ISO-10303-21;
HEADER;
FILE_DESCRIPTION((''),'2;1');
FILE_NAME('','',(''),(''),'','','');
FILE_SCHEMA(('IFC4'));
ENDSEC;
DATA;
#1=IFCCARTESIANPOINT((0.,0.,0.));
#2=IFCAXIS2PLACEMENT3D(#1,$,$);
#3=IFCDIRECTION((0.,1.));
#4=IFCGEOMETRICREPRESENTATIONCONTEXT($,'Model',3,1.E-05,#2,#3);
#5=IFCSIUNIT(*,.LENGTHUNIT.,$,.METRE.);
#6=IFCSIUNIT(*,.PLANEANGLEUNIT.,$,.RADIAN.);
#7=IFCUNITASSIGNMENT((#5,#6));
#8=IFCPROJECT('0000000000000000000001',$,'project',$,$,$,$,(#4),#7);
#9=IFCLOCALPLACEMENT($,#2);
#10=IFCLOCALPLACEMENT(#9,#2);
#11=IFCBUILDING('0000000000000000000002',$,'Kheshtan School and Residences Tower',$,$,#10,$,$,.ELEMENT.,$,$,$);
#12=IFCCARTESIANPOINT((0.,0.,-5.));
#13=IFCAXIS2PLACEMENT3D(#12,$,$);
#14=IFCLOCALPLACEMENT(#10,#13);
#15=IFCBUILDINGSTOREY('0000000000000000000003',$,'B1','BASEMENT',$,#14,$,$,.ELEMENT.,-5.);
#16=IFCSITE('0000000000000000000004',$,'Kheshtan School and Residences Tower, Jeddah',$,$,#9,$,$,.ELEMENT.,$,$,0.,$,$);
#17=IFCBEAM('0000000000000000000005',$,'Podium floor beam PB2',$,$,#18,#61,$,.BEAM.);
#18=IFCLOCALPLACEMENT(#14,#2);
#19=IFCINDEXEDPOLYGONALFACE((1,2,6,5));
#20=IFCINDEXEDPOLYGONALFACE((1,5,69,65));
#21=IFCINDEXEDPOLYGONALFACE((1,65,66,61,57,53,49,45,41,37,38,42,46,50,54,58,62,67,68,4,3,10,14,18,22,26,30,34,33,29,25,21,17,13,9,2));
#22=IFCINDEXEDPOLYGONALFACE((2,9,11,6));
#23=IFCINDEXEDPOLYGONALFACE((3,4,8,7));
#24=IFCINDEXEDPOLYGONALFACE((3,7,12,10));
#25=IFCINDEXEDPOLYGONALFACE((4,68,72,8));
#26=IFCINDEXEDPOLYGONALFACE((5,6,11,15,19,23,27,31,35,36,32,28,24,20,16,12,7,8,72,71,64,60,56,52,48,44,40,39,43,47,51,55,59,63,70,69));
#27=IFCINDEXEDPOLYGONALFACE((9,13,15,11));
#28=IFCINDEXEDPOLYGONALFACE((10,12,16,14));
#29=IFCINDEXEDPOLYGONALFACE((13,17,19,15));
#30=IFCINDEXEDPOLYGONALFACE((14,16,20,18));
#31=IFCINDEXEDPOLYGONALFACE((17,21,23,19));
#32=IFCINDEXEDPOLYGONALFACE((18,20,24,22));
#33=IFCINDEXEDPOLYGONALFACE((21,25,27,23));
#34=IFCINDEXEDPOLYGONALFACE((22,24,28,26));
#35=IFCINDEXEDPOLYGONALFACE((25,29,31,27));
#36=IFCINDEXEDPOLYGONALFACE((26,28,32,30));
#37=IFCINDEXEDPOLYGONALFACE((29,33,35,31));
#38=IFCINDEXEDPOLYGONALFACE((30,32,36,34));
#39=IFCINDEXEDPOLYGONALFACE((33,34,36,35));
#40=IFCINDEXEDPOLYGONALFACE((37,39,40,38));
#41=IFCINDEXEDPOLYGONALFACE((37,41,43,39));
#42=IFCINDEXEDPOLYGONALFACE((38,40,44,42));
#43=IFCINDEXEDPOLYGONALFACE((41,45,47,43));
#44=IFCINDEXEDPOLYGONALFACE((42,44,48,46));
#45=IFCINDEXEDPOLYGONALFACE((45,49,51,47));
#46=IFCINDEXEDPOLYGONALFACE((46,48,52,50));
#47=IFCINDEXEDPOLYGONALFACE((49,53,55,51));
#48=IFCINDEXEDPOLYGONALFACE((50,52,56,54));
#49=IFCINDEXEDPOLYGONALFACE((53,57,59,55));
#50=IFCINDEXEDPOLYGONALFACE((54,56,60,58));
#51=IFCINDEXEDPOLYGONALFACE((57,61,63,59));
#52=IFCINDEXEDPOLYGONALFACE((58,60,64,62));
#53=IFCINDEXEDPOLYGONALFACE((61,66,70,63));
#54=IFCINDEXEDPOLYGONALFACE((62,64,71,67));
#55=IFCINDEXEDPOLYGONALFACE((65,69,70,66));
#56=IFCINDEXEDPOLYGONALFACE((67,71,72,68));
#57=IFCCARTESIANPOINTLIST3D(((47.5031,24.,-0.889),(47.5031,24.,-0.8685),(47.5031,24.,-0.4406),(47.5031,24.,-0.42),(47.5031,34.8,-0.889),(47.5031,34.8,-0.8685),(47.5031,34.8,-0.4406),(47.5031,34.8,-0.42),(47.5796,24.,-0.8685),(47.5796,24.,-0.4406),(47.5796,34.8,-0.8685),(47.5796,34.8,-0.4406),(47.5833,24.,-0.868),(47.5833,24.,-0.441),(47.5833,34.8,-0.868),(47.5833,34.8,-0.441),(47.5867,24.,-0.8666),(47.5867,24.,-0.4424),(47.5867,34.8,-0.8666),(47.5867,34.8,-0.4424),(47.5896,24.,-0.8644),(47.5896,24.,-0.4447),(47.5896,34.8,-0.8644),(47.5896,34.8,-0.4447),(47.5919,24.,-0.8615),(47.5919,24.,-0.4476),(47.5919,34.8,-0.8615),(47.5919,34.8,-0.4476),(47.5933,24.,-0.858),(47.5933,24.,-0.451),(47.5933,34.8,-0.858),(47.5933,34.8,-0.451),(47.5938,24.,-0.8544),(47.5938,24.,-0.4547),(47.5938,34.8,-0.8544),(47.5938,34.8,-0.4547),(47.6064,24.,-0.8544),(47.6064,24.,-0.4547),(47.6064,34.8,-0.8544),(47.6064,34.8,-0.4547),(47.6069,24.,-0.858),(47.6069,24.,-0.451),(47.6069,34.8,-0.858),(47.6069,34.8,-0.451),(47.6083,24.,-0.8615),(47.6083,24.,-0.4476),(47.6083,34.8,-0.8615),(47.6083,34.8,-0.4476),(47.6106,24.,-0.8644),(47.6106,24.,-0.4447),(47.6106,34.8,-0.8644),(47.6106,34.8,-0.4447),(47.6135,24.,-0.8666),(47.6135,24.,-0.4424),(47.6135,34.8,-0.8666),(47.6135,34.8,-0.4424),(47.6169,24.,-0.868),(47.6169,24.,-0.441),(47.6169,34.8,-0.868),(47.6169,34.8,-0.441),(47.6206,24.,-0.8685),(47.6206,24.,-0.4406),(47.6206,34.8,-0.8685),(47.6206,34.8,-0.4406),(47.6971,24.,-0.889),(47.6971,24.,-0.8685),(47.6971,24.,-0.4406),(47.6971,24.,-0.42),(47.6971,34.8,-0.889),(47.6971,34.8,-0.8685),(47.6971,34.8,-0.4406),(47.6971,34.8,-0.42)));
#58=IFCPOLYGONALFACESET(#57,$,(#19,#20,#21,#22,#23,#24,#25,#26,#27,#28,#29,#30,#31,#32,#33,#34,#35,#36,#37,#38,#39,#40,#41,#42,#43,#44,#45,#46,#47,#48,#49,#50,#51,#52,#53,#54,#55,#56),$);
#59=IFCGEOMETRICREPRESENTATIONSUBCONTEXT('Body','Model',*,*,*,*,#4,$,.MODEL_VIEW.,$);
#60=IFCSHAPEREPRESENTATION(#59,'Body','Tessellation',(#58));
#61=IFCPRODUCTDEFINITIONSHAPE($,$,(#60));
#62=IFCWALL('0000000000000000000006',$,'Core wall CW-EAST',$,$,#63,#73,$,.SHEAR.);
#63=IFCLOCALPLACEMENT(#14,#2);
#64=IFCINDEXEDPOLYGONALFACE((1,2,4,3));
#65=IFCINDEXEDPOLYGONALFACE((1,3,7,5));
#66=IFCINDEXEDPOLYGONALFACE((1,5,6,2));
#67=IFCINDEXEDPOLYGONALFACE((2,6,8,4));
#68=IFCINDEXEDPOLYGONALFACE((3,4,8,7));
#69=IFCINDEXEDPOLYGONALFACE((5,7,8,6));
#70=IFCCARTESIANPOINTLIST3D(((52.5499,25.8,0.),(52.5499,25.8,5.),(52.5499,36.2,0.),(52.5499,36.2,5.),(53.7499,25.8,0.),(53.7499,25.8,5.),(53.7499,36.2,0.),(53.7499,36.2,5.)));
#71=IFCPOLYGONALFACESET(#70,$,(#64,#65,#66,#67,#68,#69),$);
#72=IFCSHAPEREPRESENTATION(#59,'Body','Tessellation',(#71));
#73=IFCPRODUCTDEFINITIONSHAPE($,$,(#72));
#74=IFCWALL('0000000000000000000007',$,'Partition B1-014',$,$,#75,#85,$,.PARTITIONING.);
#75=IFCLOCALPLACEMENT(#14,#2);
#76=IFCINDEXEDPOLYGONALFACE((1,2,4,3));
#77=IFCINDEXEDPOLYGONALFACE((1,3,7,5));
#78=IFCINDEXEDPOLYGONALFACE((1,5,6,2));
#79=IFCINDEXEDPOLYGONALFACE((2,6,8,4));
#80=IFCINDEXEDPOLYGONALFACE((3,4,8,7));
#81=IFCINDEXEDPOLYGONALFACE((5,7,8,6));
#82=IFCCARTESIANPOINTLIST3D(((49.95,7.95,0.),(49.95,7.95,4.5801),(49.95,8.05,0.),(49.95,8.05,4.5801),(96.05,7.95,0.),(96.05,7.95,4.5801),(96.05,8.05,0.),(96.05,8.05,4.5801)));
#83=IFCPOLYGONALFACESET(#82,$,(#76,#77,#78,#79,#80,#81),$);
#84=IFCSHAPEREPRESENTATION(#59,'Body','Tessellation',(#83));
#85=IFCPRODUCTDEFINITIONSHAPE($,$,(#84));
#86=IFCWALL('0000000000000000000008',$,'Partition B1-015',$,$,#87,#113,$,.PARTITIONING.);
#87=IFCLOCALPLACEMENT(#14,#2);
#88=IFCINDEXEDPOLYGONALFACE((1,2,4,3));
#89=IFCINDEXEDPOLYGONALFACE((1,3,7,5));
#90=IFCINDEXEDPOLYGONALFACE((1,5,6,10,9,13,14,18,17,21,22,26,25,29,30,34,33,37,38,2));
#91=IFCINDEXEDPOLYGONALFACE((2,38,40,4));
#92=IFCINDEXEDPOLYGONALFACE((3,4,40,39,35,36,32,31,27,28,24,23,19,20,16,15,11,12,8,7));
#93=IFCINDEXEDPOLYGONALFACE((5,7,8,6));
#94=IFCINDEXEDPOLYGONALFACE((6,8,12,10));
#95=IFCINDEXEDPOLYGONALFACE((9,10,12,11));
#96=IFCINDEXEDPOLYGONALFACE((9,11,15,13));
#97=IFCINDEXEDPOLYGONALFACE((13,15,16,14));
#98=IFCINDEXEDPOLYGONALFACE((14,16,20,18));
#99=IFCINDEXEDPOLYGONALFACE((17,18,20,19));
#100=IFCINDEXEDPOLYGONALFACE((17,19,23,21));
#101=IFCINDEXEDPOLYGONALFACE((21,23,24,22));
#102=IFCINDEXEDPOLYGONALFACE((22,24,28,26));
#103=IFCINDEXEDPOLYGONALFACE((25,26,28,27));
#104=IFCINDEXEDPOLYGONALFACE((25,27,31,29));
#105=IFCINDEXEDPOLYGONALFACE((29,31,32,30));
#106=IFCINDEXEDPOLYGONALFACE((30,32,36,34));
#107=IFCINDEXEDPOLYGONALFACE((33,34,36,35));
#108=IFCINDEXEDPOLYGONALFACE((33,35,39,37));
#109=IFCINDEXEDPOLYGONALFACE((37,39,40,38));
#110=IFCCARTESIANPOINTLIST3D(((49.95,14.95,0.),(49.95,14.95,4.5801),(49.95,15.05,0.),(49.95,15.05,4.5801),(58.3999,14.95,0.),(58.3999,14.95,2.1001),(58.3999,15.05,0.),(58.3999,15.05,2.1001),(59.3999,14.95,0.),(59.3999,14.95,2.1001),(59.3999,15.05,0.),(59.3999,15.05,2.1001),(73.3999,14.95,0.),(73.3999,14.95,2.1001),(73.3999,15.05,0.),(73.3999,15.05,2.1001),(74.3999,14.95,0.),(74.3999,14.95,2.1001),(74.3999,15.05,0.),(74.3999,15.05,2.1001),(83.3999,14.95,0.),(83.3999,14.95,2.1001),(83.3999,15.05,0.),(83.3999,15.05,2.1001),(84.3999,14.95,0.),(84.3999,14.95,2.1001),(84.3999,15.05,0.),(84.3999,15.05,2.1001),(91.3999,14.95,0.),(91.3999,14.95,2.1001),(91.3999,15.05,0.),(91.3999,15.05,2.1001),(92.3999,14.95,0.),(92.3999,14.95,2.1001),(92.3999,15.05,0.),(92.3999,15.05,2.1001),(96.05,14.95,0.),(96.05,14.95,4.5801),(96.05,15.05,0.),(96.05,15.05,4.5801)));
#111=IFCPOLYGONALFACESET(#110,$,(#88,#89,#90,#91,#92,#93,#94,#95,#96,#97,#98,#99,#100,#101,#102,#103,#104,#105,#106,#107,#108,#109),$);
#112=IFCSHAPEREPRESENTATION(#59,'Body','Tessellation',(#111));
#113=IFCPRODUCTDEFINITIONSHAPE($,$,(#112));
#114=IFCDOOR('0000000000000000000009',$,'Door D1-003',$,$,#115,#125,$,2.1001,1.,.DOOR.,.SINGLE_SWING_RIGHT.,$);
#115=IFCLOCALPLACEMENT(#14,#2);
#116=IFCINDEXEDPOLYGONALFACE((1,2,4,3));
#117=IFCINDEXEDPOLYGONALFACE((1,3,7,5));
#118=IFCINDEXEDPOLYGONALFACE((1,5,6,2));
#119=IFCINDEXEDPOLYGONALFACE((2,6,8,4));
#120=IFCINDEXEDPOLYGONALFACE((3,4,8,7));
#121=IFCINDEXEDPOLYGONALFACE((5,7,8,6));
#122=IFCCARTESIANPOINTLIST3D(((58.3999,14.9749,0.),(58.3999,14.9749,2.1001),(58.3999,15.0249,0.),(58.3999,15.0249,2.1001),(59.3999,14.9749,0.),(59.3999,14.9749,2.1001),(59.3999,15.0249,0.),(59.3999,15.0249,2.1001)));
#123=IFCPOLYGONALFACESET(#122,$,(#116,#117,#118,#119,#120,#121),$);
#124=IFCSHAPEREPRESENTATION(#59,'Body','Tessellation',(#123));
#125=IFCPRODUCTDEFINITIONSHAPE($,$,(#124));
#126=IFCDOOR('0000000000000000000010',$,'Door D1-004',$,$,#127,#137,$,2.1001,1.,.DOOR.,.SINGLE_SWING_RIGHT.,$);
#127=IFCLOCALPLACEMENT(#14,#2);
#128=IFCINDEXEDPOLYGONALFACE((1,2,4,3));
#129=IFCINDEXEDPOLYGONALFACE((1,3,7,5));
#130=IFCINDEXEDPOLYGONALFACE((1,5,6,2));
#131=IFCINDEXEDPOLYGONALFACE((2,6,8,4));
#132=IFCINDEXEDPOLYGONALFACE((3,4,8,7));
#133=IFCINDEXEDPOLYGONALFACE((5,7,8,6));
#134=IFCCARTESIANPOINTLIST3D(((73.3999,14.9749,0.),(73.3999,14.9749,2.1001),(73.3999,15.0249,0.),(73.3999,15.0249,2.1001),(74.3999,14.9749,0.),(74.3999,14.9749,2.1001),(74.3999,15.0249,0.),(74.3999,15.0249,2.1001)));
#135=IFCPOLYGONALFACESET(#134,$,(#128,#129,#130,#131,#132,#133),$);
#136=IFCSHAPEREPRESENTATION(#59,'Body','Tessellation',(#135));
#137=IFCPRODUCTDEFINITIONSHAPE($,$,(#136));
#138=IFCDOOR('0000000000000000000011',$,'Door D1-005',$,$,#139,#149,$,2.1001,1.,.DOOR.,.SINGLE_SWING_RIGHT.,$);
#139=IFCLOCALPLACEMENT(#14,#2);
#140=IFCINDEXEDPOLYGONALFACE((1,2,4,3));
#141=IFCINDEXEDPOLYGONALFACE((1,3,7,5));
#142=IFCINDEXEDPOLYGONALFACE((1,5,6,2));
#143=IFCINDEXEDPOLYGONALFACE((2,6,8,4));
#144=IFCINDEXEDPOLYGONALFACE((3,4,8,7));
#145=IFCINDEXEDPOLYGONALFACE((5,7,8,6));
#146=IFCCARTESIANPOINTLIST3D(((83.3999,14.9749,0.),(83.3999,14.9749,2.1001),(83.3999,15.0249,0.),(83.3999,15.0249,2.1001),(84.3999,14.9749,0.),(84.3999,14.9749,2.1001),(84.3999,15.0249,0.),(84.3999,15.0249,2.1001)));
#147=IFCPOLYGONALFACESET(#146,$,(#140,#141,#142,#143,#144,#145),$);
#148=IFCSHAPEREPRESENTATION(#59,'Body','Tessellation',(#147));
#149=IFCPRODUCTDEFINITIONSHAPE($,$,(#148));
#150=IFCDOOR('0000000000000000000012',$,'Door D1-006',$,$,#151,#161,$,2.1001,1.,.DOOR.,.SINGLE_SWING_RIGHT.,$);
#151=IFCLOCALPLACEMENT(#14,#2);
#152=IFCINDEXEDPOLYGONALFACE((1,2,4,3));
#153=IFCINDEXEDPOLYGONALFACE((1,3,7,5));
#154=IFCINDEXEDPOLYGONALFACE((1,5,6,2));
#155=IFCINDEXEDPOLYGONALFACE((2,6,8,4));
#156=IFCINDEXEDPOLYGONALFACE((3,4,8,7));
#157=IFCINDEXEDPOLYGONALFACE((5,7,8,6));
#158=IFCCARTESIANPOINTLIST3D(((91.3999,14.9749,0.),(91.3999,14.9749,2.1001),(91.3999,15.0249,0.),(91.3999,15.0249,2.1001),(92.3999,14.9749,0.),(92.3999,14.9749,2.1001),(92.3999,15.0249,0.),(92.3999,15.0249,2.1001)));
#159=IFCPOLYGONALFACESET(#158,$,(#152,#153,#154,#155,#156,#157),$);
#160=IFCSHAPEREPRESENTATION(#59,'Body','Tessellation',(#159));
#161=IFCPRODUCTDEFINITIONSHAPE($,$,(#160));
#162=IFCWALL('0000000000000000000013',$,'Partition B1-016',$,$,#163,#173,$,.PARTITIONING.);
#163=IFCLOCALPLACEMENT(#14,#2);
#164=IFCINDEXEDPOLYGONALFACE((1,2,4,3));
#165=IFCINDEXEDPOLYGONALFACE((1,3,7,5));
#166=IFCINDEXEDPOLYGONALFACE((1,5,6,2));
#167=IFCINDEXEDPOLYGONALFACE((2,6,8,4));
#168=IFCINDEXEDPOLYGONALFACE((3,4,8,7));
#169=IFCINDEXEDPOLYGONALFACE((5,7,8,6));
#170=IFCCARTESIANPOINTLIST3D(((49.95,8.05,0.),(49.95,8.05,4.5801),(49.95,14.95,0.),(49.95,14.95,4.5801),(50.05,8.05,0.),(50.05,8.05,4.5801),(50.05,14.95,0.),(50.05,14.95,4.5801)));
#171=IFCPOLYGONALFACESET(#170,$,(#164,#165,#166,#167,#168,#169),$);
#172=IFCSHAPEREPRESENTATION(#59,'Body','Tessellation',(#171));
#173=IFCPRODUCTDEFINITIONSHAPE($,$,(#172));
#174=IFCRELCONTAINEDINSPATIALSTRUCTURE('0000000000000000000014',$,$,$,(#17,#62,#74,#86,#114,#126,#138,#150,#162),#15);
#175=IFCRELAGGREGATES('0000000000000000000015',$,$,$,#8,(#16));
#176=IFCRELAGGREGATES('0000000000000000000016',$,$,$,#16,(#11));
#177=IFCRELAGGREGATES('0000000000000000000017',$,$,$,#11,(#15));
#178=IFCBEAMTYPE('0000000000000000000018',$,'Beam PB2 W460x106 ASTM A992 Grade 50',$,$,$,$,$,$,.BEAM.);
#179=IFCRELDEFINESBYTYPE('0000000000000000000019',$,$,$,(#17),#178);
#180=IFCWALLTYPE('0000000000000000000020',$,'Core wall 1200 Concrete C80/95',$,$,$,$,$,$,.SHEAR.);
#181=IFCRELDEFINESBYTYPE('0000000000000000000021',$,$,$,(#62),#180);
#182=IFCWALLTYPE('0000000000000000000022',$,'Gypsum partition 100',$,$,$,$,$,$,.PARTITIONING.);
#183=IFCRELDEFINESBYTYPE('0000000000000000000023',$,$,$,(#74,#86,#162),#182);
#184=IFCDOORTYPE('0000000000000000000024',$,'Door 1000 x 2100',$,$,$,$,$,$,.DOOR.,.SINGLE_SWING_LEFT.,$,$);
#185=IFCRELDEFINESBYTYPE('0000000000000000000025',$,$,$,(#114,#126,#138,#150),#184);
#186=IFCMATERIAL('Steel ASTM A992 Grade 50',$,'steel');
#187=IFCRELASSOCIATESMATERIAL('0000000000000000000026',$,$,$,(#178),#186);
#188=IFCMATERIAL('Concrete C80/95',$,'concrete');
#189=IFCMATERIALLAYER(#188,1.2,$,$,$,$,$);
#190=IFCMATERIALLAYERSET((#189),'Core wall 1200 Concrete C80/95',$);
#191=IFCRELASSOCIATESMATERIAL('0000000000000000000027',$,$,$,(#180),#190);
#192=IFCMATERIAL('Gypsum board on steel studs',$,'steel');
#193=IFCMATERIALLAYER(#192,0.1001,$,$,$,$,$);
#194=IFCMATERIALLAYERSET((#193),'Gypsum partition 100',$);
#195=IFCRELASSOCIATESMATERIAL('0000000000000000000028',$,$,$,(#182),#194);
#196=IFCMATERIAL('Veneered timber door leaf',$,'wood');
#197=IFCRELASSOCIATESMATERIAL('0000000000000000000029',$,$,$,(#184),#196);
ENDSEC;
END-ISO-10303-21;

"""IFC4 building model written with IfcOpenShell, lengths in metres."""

from ifc_helpers import new_model, si_unit, direction, frame, frame_2d, origin, origin_2d, place, context, subcontext, project, spatial, rectangle, i_section, extrude, source, transform, mapped, material, layer, layer_set, material_profile, profile_set, type_object, element, fill, save


model = new_model("IFC4")

# Units and contexts
model_context = context("Model", 3, precision=1e-05, world=origin(), true_north=direction((0.0, 1.0)))
body_context = subcontext(model_context, "Body", "Model", "MODEL_VIEW")
ifc_project = project(units=[si_unit("LENGTHUNIT", "METRE"), si_unit("PLANEANGLEUNIT", "RADIAN")], contexts=[model_context])

# Site, building, storey
site_placement = place(None, origin())
site = spatial("IfcSite", under=ifc_project, at=site_placement, Name="Kheshtan School and Residences Tower, Jeddah", CompositionType="ELEMENT", RefElevation=0.0)
building_placement = place(site_placement, origin())
building = spatial("IfcBuilding", under=site, at=building_placement, Name="Kheshtan School and Residences Tower", CompositionType="ELEMENT")
storey_placement = place(building_placement, frame((0.0, 0.0, -5.0)))
storey = spatial("IfcBuildingStorey", under=building, at=storey_placement, Name="B1", Description="BASEMENT", CompositionType="ELEMENT", Elevation=-5.0)

# Shared definitions
ifc_material_1 = material(Name="Steel ASTM A992 Grade 50", Category="steel")

# Beam
ifc_material_profile_1 = material_profile(ifc_material_1, i_section(OverallWidth=0.1941, OverallDepth=0.469, WebThickness=0.0127, FlangeThickness=0.0205, FilletRadius=0.0142, at=origin_2d()), Name="W460x106")
ifc_profile_set_1 = profile_set([ifc_material_profile_1], Name="Steel ASTM A992 Grade 50")
beam_type = type_object("IfcBeamType", Name="Beam PB2 W460x106 ASTM A992 Grade 50", PredefinedType="BEAM", material=ifc_profile_set_1)
beam_placement = place(storey_placement, frame((47.6001, 24.0, -0.6545), z_axis=(0.0, 1.0, 0.0), x_axis=(-1.0, 0.0, 0.0)))
element("IfcBeam", 1, at=beam_placement, inside=storey, type_object=beam_type, Name="Podium floor beam PB2", PredefinedType="BEAM", context=body_context, shape_type="SweptSolid", body=[
    extrude(i_section(OverallWidth=0.1941, OverallDepth=0.469, WebThickness=0.0127, FlangeThickness=0.0205, FilletRadius=0.0142, at=origin_2d()), origin(), (0.0, 0.0, 1.0), 10.8),
])

# Walls
ifc_material_2 = material(Name="Concrete C80/95", Category="concrete")
ifc_layer_1 = layer(ifc_material_2, 1.2)
ifc_layer_set_1 = layer_set([ifc_layer_1], Name="Core wall 1200 Concrete C80/95")
wall_type_1 = type_object("IfcWallType", Name="Core wall 1200 Concrete C80/95", PredefinedType="SHEAR", material=ifc_layer_set_1)
wall_1_placement = place(storey_placement, frame((53.1499, 25.8, 0.0), z_axis=(0.0, 0.0, 1.0), x_axis=(0.0, 1.0, 0.0)))
element("IfcWall", 2, at=wall_1_placement, inside=storey, type_object=wall_type_1, Name="Core wall CW-EAST", PredefinedType="SHEAR", context=body_context, shape_type="SweptSolid", body=[
    extrude(rectangle(XDim=10.3999, YDim=1.2, at=frame_2d((5.2, 0.0))), origin(), (0.0, 0.0, 1.0), 5.0),
])
ifc_material_3 = material(Name="Gypsum board on steel studs", Category="steel")
ifc_layer_2 = layer(ifc_material_3, 0.1001)
ifc_layer_set_2 = layer_set([ifc_layer_2], Name="Gypsum partition 100")
wall_type_2 = type_object("IfcWallType", Name="Gypsum partition 100", PredefinedType="PARTITIONING", material=ifc_layer_set_2)
wall_2_placement = place(storey_placement, frame((49.95, 8.0, 0.0), z_axis=(0.0, 0.0, 1.0), x_axis=(1.0, 0.0, 0.0)))
element("IfcWall", 3, at=wall_2_placement, inside=storey, type_object=wall_type_2, Name="Partition B1-014", PredefinedType="PARTITIONING", context=body_context, shape_type="SweptSolid", body=[
    extrude(rectangle(XDim=46.1001, YDim=0.1001, at=frame_2d((23.05, 0.0))), origin(), (0.0, 0.0, 1.0), 4.5801),
])

# Wall, openings, doors
wall_3_placement = place(storey_placement, frame((49.95, 15.0, 0.0), z_axis=(0.0, 0.0, 1.0), x_axis=(1.0, 0.0, 0.0)))
wall_3 = element("IfcWall", 4, at=wall_3_placement, inside=storey, type_object=wall_type_2, Name="Partition B1-015", PredefinedType="PARTITIONING", context=body_context, shape_type="SweptSolid", body=[
    extrude(rectangle(XDim=46.1001, YDim=0.1001, at=frame_2d((23.05, 0.0))), origin(), (0.0, 0.0, 1.0), 4.5801),
])
opening_1_placement = place(wall_3_placement, frame((8.45, 0.0, 0.0)))
opening_1 = element("IfcOpeningElement", 5, at=opening_1_placement, cuts=wall_3, PredefinedType="OPENING", context=body_context, shape_type="SweptSolid", body=[
    extrude(rectangle(XDim=1.0, YDim=2.1001, at=frame_2d((0.5, 1.05))), frame((0.0, 0.0601, 0.0), z_axis=(0.0, -1.0, 0.0), x_axis=(1.0, 0.0, 0.0)), (0.0, 0.0, 1.0), 0.1201),
])
opening_2_placement = place(wall_3_placement, frame((23.45, 0.0, 0.0)))
opening_2 = element("IfcOpeningElement", 6, at=opening_2_placement, cuts=wall_3, PredefinedType="OPENING", context=body_context, shape_type="SweptSolid", body=[
    extrude(rectangle(XDim=1.0, YDim=2.1001, at=frame_2d((0.5, 1.05))), frame((0.0, 0.0601, 0.0), z_axis=(0.0, -1.0, 0.0), x_axis=(1.0, 0.0, 0.0)), (0.0, 0.0, 1.0), 0.1201),
])
opening_3_placement = place(wall_3_placement, frame((33.45, 0.0, 0.0)))
opening_3 = element("IfcOpeningElement", 7, at=opening_3_placement, cuts=wall_3, PredefinedType="OPENING", context=body_context, shape_type="SweptSolid", body=[
    extrude(rectangle(XDim=1.0, YDim=2.1001, at=frame_2d((0.5, 1.05))), frame((0.0, 0.0601, 0.0), z_axis=(0.0, -1.0, 0.0), x_axis=(1.0, 0.0, 0.0)), (0.0, 0.0, 1.0), 0.1201),
])
opening_4_placement = place(wall_3_placement, frame((41.45, 0.0, 0.0)))
opening_4 = element("IfcOpeningElement", 8, at=opening_4_placement, cuts=wall_3, PredefinedType="OPENING", context=body_context, shape_type="SweptSolid", body=[
    extrude(rectangle(XDim=1.0, YDim=2.1001, at=frame_2d((0.5, 1.05))), frame((0.0, 0.0601, 0.0), z_axis=(0.0, -1.0, 0.0), x_axis=(1.0, 0.0, 0.0)), (0.0, 0.0, 1.0), 0.1201),
])
ifc_material_4 = material(Name="Veneered timber door leaf", Category="wood")
door_type = type_object("IfcDoorType", Name="Door 1000 x 2100", OperationType="SINGLE_SWING_LEFT", PredefinedType="DOOR", material=ifc_material_4)
shared_shape = source(origin(), body_context, "Body", "SweptSolid", [
    extrude(rectangle(XDim=1.0, YDim=2.1001, at=frame_2d((0.5, 1.05))), frame((0.0, 0.0249, 0.0), z_axis=(0.0, -1.0, 0.0), x_axis=(1.0, 0.0, 0.0)), (0.0, 0.0, 1.0), 0.05),
])
door_1_placement = place(opening_1_placement, origin())
door_1 = element("IfcDoor", 9, at=door_1_placement, inside=storey, type_object=door_type, Name="Door D1-003", OperationType="SINGLE_SWING_RIGHT", OverallHeight=2.1001, OverallWidth=1.0, PredefinedType="DOOR", context=body_context, shape_type="MappedRepresentation", body=[
    mapped(shared_shape, transform((0.0, 0.0, 0.0), x_axis=(1.0, 0.0, 0.0), y_axis=(0.0, 1.0, 0.0), z_axis=(0.0, 0.0, 1.0), scale=1.0)),
])
fill(opening_1, door_1)
door_2_placement = place(opening_2_placement, origin())
door_2 = element("IfcDoor", 10, at=door_2_placement, inside=storey, type_object=door_type, Name="Door D1-004", OperationType="SINGLE_SWING_RIGHT", OverallHeight=2.1001, OverallWidth=1.0, PredefinedType="DOOR", context=body_context, shape_type="MappedRepresentation", body=[
    mapped(shared_shape, transform((0.0, 0.0, 0.0), x_axis=(1.0, 0.0, 0.0), y_axis=(0.0, 1.0, 0.0), z_axis=(0.0, 0.0, 1.0), scale=1.0)),
])
fill(opening_2, door_2)
door_3_placement = place(opening_3_placement, origin())
door_3 = element("IfcDoor", 11, at=door_3_placement, inside=storey, type_object=door_type, Name="Door D1-005", OperationType="SINGLE_SWING_RIGHT", OverallHeight=2.1001, OverallWidth=1.0, PredefinedType="DOOR", context=body_context, shape_type="MappedRepresentation", body=[
    mapped(shared_shape, transform((0.0, 0.0, 0.0), x_axis=(1.0, 0.0, 0.0), y_axis=(0.0, 1.0, 0.0), z_axis=(0.0, 0.0, 1.0), scale=1.0)),
])
fill(opening_3, door_3)
door_4_placement = place(opening_4_placement, origin())
door_4 = element("IfcDoor", 12, at=door_4_placement, inside=storey, type_object=door_type, Name="Door D1-006", OperationType="SINGLE_SWING_RIGHT", OverallHeight=2.1001, OverallWidth=1.0, PredefinedType="DOOR", context=body_context, shape_type="MappedRepresentation", body=[
    mapped(shared_shape, transform((0.0, 0.0, 0.0), x_axis=(1.0, 0.0, 0.0), y_axis=(0.0, 1.0, 0.0), z_axis=(0.0, 0.0, 1.0), scale=1.0)),
])
fill(opening_4, door_4)

# Wall
wall_4_placement = place(storey_placement, frame((50.0, 8.05, 0.0), z_axis=(0.0, 0.0, 1.0), x_axis=(0.0, 1.0, 0.0)))
element("IfcWall", 13, at=wall_4_placement, inside=storey, type_object=wall_type_2, Name="Partition B1-016", PredefinedType="PARTITIONING", context=body_context, shape_type="SweptSolid", body=[
    extrude(rectangle(XDim=6.8999, YDim=0.1001, at=frame_2d((3.45, 0.0))), origin(), (0.0, 0.0, 1.0), 4.5801),
])

save(model, "model.ifc")
